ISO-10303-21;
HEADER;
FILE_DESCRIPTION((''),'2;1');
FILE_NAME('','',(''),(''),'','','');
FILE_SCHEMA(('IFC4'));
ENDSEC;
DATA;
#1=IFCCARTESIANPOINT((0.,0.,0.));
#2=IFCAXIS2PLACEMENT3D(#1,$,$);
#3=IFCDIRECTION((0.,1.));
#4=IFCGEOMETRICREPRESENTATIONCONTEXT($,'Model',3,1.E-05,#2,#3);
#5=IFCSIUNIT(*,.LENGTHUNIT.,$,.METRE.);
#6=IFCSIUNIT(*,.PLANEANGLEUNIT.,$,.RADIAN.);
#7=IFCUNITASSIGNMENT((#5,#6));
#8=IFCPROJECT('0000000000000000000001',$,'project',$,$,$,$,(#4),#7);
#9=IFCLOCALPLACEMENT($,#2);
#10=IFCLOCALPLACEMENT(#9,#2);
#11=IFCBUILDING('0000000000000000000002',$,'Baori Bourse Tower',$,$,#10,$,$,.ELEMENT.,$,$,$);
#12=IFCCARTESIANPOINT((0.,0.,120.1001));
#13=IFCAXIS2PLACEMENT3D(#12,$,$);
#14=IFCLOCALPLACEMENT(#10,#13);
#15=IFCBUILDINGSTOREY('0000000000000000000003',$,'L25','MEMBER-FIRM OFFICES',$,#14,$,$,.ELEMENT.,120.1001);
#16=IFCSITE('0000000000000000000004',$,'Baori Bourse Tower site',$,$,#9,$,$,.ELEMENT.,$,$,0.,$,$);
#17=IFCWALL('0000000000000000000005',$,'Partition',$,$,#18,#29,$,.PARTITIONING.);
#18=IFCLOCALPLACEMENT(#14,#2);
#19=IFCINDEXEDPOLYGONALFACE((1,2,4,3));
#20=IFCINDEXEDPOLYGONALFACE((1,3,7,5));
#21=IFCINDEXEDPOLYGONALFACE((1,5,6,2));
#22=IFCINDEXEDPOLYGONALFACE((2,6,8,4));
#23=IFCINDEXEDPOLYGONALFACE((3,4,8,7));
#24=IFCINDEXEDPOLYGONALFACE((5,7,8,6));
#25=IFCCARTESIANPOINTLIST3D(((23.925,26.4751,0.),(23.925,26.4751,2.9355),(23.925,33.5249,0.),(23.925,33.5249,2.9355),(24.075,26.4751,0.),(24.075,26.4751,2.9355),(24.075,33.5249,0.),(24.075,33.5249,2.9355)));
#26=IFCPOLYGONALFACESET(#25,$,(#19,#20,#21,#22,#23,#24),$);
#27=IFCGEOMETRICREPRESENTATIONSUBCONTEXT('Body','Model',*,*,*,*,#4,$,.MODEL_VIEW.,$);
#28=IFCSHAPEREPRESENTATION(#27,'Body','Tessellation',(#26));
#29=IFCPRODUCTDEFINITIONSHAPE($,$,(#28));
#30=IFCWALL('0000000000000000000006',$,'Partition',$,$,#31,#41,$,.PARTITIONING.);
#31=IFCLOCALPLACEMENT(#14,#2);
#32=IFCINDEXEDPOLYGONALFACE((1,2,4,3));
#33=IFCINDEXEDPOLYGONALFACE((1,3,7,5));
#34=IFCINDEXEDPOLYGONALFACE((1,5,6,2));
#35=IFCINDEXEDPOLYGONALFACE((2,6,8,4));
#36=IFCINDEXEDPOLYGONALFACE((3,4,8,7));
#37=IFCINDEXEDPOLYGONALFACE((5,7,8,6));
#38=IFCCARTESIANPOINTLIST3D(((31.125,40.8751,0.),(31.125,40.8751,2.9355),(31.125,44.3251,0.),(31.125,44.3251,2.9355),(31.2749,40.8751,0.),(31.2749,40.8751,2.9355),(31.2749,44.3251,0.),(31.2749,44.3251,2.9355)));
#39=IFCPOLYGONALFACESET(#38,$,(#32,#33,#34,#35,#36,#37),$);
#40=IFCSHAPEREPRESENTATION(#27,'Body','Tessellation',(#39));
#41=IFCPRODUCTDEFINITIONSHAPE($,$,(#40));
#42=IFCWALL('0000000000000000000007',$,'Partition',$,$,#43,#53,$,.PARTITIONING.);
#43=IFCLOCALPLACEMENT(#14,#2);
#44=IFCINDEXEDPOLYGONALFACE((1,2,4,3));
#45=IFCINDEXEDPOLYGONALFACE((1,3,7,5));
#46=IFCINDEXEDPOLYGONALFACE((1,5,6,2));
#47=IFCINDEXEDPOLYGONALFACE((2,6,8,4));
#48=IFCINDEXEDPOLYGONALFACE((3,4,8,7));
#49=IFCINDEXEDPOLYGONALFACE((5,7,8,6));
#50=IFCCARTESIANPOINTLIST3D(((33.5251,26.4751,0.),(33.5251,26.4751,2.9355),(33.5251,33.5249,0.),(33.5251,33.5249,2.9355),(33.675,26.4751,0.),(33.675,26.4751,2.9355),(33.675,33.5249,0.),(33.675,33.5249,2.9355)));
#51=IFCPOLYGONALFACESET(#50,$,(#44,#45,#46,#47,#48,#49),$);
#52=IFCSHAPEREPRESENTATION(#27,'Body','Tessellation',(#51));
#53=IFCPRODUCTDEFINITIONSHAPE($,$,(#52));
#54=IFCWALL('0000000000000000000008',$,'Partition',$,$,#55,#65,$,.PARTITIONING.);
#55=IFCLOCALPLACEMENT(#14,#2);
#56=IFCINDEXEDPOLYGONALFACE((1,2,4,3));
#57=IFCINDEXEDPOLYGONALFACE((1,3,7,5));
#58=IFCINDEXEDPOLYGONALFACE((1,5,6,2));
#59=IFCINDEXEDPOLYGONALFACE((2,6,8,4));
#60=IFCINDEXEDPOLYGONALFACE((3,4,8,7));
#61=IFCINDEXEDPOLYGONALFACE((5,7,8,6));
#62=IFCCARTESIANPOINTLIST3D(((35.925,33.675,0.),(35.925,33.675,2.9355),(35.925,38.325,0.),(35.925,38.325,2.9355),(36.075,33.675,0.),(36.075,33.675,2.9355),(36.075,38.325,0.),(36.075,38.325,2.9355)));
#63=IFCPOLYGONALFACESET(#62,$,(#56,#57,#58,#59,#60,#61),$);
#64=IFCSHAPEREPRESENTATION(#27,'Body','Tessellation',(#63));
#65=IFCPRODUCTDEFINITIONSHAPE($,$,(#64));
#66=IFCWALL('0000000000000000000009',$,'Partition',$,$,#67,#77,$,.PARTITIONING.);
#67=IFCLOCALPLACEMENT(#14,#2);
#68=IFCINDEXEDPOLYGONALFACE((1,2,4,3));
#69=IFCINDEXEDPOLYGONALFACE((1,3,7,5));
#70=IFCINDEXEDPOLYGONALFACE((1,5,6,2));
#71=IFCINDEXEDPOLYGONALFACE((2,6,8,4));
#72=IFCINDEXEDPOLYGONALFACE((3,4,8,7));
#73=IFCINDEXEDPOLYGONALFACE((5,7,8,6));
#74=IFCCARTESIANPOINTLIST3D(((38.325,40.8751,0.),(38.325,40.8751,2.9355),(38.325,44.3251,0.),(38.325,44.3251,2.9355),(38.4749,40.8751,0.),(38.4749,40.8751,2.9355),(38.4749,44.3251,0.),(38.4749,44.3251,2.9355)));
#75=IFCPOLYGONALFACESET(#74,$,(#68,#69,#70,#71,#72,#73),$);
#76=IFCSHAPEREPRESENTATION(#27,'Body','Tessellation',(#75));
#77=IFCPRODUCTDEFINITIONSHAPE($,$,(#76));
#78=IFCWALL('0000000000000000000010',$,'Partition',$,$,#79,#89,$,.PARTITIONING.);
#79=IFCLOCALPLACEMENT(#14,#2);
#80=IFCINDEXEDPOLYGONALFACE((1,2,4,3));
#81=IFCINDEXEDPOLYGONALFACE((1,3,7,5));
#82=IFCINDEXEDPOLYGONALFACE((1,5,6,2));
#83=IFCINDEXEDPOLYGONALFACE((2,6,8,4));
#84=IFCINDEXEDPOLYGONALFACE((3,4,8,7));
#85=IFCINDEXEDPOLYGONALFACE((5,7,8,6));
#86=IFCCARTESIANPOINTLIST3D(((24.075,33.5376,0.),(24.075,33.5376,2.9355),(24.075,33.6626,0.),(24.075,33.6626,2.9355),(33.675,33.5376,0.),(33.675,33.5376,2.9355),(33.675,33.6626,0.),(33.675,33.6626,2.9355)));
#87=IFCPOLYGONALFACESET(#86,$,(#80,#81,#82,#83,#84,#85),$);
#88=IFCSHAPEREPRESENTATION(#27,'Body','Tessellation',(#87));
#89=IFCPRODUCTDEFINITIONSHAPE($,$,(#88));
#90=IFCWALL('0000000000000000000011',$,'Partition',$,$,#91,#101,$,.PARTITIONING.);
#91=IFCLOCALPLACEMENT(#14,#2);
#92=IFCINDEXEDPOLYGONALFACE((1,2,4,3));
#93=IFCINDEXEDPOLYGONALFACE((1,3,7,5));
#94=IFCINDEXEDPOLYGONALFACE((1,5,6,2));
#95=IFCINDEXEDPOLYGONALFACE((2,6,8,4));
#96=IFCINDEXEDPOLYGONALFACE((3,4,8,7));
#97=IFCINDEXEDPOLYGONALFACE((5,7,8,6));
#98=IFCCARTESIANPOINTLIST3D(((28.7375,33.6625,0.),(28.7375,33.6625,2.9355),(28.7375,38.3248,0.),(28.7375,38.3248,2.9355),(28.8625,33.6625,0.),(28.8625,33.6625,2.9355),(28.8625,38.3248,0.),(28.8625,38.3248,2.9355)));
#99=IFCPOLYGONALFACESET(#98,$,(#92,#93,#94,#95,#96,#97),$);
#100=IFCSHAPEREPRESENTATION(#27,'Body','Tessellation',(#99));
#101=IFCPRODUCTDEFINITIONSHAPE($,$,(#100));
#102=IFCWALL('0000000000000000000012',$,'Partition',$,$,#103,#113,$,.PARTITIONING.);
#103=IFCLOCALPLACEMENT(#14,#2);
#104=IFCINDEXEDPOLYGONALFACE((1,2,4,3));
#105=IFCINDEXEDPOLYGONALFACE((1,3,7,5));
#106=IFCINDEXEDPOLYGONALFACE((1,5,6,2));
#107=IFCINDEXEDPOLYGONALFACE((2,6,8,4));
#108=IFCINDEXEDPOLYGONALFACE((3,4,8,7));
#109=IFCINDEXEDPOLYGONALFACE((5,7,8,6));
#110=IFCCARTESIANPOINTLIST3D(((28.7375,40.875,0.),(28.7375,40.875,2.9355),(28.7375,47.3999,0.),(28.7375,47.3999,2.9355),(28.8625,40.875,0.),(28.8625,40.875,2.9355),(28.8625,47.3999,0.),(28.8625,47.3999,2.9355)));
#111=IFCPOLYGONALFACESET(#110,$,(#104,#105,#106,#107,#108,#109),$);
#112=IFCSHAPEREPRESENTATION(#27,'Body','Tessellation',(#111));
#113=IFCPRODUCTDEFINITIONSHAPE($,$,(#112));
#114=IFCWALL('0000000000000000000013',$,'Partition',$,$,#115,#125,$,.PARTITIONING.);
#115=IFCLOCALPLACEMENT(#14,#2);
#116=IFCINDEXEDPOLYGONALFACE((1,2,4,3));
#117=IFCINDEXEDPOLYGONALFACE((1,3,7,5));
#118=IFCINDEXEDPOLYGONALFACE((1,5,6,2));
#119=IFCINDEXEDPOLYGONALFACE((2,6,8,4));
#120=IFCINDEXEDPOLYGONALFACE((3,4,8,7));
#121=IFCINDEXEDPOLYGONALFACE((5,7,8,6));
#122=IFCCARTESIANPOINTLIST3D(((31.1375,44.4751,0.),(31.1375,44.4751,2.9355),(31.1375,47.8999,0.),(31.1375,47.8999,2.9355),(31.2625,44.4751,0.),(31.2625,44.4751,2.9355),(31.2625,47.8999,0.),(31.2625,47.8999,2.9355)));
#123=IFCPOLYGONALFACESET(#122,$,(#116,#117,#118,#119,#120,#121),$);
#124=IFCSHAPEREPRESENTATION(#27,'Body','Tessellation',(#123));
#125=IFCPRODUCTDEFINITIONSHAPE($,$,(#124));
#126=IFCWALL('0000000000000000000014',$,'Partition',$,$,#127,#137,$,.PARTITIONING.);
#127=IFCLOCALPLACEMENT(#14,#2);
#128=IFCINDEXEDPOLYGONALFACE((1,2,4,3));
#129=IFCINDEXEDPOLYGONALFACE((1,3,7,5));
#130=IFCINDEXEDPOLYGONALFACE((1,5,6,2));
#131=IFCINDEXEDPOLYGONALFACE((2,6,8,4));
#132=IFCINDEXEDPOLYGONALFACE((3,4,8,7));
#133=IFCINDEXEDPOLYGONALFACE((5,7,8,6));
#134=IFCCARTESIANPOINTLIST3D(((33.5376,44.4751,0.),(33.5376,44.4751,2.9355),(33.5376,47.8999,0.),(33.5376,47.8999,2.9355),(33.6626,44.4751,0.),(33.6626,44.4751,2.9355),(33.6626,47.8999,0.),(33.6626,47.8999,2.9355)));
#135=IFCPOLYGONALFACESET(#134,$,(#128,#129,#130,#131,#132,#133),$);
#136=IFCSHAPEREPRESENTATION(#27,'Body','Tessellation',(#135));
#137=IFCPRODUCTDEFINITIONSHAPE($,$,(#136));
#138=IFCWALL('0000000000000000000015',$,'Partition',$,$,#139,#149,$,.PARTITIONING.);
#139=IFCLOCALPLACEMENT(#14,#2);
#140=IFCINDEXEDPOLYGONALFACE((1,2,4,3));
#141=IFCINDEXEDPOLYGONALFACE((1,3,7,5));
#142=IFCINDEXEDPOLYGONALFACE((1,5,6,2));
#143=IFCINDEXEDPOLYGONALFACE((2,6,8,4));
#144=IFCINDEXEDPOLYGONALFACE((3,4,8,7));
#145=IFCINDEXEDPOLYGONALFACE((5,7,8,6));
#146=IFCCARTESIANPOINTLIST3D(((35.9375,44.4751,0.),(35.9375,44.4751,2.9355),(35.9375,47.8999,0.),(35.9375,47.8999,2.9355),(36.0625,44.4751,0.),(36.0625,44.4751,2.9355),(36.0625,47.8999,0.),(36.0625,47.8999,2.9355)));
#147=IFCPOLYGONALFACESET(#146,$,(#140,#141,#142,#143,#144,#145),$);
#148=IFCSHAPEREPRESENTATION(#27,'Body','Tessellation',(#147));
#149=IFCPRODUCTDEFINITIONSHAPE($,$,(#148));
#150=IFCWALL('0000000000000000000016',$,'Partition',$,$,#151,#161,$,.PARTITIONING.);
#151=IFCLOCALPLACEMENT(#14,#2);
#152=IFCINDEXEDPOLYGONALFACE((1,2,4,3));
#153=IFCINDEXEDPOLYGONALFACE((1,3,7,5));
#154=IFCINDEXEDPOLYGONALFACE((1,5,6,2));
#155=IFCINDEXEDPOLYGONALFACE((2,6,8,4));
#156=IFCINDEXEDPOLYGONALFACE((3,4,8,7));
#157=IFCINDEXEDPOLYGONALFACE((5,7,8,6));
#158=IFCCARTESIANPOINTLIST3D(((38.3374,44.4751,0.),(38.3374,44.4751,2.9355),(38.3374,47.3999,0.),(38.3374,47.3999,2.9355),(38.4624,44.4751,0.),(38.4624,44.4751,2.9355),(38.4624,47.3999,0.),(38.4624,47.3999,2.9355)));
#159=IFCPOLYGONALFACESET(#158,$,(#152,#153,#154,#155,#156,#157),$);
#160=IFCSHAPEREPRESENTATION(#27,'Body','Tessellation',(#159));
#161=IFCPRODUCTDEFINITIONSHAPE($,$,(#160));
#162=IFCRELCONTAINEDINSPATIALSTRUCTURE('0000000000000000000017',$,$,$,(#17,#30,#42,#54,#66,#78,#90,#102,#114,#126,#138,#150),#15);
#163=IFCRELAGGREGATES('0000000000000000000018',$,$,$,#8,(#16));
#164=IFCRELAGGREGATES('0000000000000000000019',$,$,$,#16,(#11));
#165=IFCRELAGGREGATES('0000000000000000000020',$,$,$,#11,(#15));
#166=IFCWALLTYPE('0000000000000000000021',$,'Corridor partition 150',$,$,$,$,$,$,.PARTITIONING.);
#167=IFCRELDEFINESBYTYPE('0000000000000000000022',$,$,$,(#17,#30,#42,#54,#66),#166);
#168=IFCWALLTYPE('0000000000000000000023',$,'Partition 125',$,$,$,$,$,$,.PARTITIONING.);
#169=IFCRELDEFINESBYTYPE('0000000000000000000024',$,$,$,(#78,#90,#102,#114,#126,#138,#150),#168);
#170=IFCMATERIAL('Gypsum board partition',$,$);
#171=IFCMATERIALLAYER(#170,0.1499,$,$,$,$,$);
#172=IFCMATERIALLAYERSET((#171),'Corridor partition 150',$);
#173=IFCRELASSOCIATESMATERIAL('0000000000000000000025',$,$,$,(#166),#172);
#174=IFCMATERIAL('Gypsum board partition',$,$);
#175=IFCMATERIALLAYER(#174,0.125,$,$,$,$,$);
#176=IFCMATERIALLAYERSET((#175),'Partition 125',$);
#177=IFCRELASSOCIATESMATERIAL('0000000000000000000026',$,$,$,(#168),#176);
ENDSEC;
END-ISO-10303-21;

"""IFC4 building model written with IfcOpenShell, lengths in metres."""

from ifc_helpers import new_model, si_unit, direction, frame, frame_2d, origin, place, context, subcontext, project, spatial, rectangle, extrude, material, layer, layer_set, type_object, element, save


model = new_model("IFC4")

# Units and contexts
model_context = context("Model", 3, precision=1e-05, world=origin(), true_north=direction((0.0, 1.0)))
body_context = subcontext(model_context, "Body", "Model", "MODEL_VIEW")
ifc_project = project(units=[si_unit("LENGTHUNIT", "METRE"), si_unit("PLANEANGLEUNIT", "RADIAN")], contexts=[model_context])

# Site, building, storey
site_placement = place(None, origin())
site = spatial("IfcSite", under=ifc_project, at=site_placement, Name="Baori Bourse Tower site", CompositionType="ELEMENT", RefElevation=0.0)
building_placement = place(site_placement, origin())
building = spatial("IfcBuilding", under=site, at=building_placement, Name="Baori Bourse Tower", CompositionType="ELEMENT")
storey_placement = place(building_placement, frame((0.0, 0.0, 120.1001)))
storey = spatial("IfcBuildingStorey", under=building, at=storey_placement, Name="L25", Description="MEMBER-FIRM OFFICES", CompositionType="ELEMENT", Elevation=120.1001)

# Shared definitions
ifc_material_1 = material(Name="Gypsum board partition")
ifc_layer_1 = layer(ifc_material_1, 0.1499)
ifc_layer_set_1 = layer_set([ifc_layer_1], Name="Corridor partition 150")
wall_type_1 = type_object("IfcWallType", Name="Corridor partition 150", PredefinedType="PARTITIONING", material=ifc_layer_set_1)

# Walls
wall_1_placement = place(storey_placement, frame((24.0, 26.4751, 0.0), z_axis=(0.0, 0.0, 1.0), x_axis=(0.0, 1.0, 0.0)))
element("IfcWall", 1, at=wall_1_placement, inside=storey, type_object=wall_type_1, Name="Partition", PredefinedType="PARTITIONING", context=body_context, shape_type="SweptSolid", body=[
    extrude(rectangle(XDim=7.0498, YDim=0.1499, at=frame_2d((3.5249, 0.0))), origin(), (0.0, 0.0, 1.0), 2.9355),
])
wall_2_placement = place(storey_placement, frame((31.2, 40.875, 0.0), z_axis=(0.0, 0.0, 1.0), x_axis=(0.0, 1.0, 0.0)))
element("IfcWall", 2, at=wall_2_placement, inside=storey, type_object=wall_type_1, Name="Partition", PredefinedType="PARTITIONING", context=body_context, shape_type="SweptSolid", body=[
    extrude(rectangle(XDim=3.45, YDim=0.1499, at=frame_2d((1.7251, 0.0))), origin(), (0.0, 0.0, 1.0), 2.9355),
])
wall_3_placement = place(storey_placement, frame((33.6001, 26.4751, 0.0), z_axis=(0.0, 0.0, 1.0), x_axis=(0.0, 1.0, 0.0)))
element("IfcWall", 3, at=wall_3_placement, inside=storey, type_object=wall_type_1, Name="Partition", PredefinedType="PARTITIONING", context=body_context, shape_type="SweptSolid", body=[
    extrude(rectangle(XDim=7.0498, YDim=0.1499, at=frame_2d((3.5249, 0.0))), origin(), (0.0, 0.0, 1.0), 2.9355),
])
wall_4_placement = place(storey_placement, frame((36.0, 33.675, 0.0), z_axis=(0.0, 0.0, 1.0), x_axis=(0.0, 1.0, 0.0)))
element("IfcWall", 4, at=wall_4_placement, inside=storey, type_object=wall_type_1, Name="Partition", PredefinedType="PARTITIONING", context=body_context, shape_type="SweptSolid", body=[
    extrude(rectangle(XDim=4.6499, YDim=0.1499, at=frame_2d((2.325, 0.0))), origin(), (0.0, 0.0, 1.0), 2.9355),
])
wall_5_placement = place(storey_placement, frame((38.3999, 40.875, 0.0), z_axis=(0.0, 0.0, 1.0), x_axis=(0.0, 1.0, 0.0)))
element("IfcWall", 5, at=wall_5_placement, inside=storey, type_object=wall_type_1, Name="Partition", PredefinedType="PARTITIONING", context=body_context, shape_type="SweptSolid", body=[
    extrude(rectangle(XDim=3.45, YDim=0.1499, at=frame_2d((1.7251, 0.0))), origin(), (0.0, 0.0, 1.0), 2.9355),
])
ifc_material_2 = material(Name="Gypsum board partition")
ifc_layer_2 = layer(ifc_material_2, 0.125)
ifc_layer_set_2 = layer_set([ifc_layer_2], Name="Partition 125")
wall_type_2 = type_object("IfcWallType", Name="Partition 125", PredefinedType="PARTITIONING", material=ifc_layer_set_2)
wall_6_placement = place(storey_placement, frame((24.075, 33.6001, 0.0), z_axis=(0.0, 0.0, 1.0), x_axis=(1.0, 0.0, 0.0)))
element("IfcWall", 6, at=wall_6_placement, inside=storey, type_object=wall_type_2, Name="Partition", PredefinedType="PARTITIONING", context=body_context, shape_type="SweptSolid", body=[
    extrude(rectangle(XDim=9.6001, YDim=0.125, at=frame_2d((4.8, 0.0))), origin(), (0.0, 0.0, 1.0), 2.9355),
])
wall_7_placement = place(storey_placement, frame((28.8, 33.6626, 0.0), z_axis=(0.0, 0.0, 1.0), x_axis=(0.0, 1.0, 0.0)))
element("IfcWall", 7, at=wall_7_placement, inside=storey, type_object=wall_type_2, Name="Partition", PredefinedType="PARTITIONING", context=body_context, shape_type="SweptSolid", body=[
    extrude(rectangle(XDim=4.6624, YDim=0.125, at=frame_2d((2.3311, 0.0))), origin(), (0.0, 0.0, 1.0), 2.9355),
])
wall_8_placement = place(storey_placement, frame((28.8, 40.875, 0.0), z_axis=(0.0, 0.0, 1.0), x_axis=(0.0, 1.0, 0.0)))
element("IfcWall", 8, at=wall_8_placement, inside=storey, type_object=wall_type_2, Name="Partition", PredefinedType="PARTITIONING", context=body_context, shape_type="SweptSolid", body=[
    extrude(rectangle(XDim=6.5249, YDim=0.125, at=frame_2d((3.2625, 0.0))), origin(), (0.0, 0.0, 1.0), 2.9355),
])
for number, where, z_axis, x_axis, name in (
    (9, (31.2, 44.4751, 0.0), (0.0, 0.0, 1.0), (0.0, 1.0, 0.0), "Partition"),
    (10, (33.6001, 44.4751, 0.0), (0.0, 0.0, 1.0), (0.0, 1.0, 0.0), "Partition"),
    (11, (36.0, 44.4751, 0.0), (0.0, 0.0, 1.0), (0.0, 1.0, 0.0), "Partition"),
):
    element("IfcWall", number, at=place(storey_placement, frame(where, z_axis=z_axis, x_axis=x_axis)), inside=storey, type_object=wall_type_2, Name=name, PredefinedType="PARTITIONING", context=body_context, shape_type="SweptSolid", body=[
        extrude(rectangle(XDim=3.4248, YDim=0.125, at=frame_2d((1.7124, 0.0))), origin(), (0.0, 0.0, 1.0), 2.9355),
    ])
wall_9_placement = place(storey_placement, frame((38.3999, 44.4751, 0.0), z_axis=(0.0, 0.0, 1.0), x_axis=(0.0, 1.0, 0.0)))
element("IfcWall", 12, at=wall_9_placement, inside=storey, type_object=wall_type_2, Name="Partition", PredefinedType="PARTITIONING", context=body_context, shape_type="SweptSolid", body=[
    extrude(rectangle(XDim=2.9248, YDim=0.125, at=frame_2d((1.4624, 0.0))), origin(), (0.0, 0.0, 1.0), 2.9355),
])

save(model, "model.ifc")
